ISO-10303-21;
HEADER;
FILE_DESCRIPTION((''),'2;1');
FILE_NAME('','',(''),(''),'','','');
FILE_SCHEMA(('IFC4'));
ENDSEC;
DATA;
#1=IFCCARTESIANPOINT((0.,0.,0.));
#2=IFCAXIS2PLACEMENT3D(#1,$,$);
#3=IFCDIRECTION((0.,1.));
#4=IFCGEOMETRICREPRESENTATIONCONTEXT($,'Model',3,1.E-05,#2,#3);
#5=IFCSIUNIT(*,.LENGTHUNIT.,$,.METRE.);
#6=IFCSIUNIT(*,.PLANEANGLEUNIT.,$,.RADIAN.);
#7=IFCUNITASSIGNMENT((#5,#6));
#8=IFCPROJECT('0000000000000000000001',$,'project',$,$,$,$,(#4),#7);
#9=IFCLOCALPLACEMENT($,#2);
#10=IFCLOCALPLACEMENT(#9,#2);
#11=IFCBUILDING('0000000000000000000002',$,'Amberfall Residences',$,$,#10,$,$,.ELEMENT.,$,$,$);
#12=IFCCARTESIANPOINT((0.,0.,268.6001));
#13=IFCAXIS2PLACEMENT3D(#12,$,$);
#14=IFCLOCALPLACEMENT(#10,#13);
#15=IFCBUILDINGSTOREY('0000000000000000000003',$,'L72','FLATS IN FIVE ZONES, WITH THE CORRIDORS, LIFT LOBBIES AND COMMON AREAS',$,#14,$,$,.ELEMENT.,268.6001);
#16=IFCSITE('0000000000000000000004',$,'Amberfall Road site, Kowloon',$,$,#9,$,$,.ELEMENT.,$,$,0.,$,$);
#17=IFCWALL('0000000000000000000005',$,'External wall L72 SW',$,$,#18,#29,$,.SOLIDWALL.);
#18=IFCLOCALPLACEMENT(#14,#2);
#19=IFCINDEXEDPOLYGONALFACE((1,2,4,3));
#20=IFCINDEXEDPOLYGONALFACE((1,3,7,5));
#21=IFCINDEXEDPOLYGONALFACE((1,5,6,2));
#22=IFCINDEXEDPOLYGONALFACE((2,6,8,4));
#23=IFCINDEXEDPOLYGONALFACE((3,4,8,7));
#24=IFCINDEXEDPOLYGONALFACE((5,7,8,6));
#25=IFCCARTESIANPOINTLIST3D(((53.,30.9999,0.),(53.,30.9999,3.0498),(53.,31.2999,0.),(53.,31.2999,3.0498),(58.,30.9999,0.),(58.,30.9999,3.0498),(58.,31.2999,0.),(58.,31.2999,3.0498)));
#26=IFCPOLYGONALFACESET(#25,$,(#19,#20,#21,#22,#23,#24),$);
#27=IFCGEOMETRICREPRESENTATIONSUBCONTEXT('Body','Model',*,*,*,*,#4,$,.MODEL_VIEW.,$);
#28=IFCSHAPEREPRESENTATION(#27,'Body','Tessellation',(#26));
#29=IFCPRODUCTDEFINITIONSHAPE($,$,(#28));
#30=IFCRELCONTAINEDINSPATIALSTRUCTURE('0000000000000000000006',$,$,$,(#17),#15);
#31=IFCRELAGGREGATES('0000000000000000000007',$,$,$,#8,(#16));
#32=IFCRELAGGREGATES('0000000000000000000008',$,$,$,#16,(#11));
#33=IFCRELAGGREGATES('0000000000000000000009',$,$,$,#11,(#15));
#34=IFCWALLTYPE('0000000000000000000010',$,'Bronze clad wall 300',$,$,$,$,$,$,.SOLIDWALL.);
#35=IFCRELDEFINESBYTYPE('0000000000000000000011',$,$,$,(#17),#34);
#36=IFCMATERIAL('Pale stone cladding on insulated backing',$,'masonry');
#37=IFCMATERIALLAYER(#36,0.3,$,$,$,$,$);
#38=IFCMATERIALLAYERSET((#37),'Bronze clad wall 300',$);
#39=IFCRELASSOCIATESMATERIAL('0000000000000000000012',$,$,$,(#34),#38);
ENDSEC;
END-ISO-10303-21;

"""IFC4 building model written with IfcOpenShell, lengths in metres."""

from ifc_helpers import new_model, si_unit, direction, frame, frame_2d, origin, place, context, subcontext, project, spatial, rectangle, extrude, material, layer, layer_set, type_object, element, save


model = new_model("IFC4")

# Units and contexts
model_context = context("Model", 3, precision=1e-05, world=origin(), true_north=direction((0.0, 1.0)))
body_context = subcontext(model_context, "Body", "Model", "MODEL_VIEW")
ifc_project = project(units=[si_unit("LENGTHUNIT", "METRE"), si_unit("PLANEANGLEUNIT", "RADIAN")], contexts=[model_context])

# Site, building, storey
site_placement = place(None, origin())
site = spatial("IfcSite", under=ifc_project, at=site_placement, Name="Amberfall Road site, Kowloon", CompositionType="ELEMENT", RefElevation=0.0)
building_placement = place(site_placement, origin())
building = spatial("IfcBuilding", under=site, at=building_placement, Name="Amberfall Residences", CompositionType="ELEMENT")
storey_placement = place(building_placement, frame((0.0, 0.0, 268.6001)))
storey = spatial("IfcBuildingStorey", under=building, at=storey_placement, Name="L72", Description="FLATS IN FIVE ZONES, WITH THE CORRIDORS, LIFT LOBBIES AND COMMON AREAS", CompositionType="ELEMENT", Elevation=268.6001)

# Wall
ifc_material_1 = material(Name="Pale stone cladding on insulated backing", Category="masonry")
ifc_layer_1 = layer(ifc_material_1, 0.3)
ifc_layer_set_1 = layer_set([ifc_layer_1], Name="Bronze clad wall 300")
wall_type = type_object("IfcWallType", Name="Bronze clad wall 300", PredefinedType="SOLIDWALL", material=ifc_layer_set_1)
wall_1_placement = place(storey_placement, frame((53.0, 31.1499, 0.0), z_axis=(0.0, 0.0, 1.0), x_axis=(1.0, 0.0, 0.0)))
element("IfcWall", 1, at=wall_1_placement, inside=storey, type_object=wall_type, Name="External wall L72 SW", PredefinedType="SOLIDWALL", context=body_context, shape_type="SweptSolid", body=[
    extrude(rectangle(XDim=5.0, YDim=0.3, at=frame_2d((2.5, 0.0))), origin(), (0.0, 0.0, 1.0), 3.0498),
])

save(model, "model.ifc")
